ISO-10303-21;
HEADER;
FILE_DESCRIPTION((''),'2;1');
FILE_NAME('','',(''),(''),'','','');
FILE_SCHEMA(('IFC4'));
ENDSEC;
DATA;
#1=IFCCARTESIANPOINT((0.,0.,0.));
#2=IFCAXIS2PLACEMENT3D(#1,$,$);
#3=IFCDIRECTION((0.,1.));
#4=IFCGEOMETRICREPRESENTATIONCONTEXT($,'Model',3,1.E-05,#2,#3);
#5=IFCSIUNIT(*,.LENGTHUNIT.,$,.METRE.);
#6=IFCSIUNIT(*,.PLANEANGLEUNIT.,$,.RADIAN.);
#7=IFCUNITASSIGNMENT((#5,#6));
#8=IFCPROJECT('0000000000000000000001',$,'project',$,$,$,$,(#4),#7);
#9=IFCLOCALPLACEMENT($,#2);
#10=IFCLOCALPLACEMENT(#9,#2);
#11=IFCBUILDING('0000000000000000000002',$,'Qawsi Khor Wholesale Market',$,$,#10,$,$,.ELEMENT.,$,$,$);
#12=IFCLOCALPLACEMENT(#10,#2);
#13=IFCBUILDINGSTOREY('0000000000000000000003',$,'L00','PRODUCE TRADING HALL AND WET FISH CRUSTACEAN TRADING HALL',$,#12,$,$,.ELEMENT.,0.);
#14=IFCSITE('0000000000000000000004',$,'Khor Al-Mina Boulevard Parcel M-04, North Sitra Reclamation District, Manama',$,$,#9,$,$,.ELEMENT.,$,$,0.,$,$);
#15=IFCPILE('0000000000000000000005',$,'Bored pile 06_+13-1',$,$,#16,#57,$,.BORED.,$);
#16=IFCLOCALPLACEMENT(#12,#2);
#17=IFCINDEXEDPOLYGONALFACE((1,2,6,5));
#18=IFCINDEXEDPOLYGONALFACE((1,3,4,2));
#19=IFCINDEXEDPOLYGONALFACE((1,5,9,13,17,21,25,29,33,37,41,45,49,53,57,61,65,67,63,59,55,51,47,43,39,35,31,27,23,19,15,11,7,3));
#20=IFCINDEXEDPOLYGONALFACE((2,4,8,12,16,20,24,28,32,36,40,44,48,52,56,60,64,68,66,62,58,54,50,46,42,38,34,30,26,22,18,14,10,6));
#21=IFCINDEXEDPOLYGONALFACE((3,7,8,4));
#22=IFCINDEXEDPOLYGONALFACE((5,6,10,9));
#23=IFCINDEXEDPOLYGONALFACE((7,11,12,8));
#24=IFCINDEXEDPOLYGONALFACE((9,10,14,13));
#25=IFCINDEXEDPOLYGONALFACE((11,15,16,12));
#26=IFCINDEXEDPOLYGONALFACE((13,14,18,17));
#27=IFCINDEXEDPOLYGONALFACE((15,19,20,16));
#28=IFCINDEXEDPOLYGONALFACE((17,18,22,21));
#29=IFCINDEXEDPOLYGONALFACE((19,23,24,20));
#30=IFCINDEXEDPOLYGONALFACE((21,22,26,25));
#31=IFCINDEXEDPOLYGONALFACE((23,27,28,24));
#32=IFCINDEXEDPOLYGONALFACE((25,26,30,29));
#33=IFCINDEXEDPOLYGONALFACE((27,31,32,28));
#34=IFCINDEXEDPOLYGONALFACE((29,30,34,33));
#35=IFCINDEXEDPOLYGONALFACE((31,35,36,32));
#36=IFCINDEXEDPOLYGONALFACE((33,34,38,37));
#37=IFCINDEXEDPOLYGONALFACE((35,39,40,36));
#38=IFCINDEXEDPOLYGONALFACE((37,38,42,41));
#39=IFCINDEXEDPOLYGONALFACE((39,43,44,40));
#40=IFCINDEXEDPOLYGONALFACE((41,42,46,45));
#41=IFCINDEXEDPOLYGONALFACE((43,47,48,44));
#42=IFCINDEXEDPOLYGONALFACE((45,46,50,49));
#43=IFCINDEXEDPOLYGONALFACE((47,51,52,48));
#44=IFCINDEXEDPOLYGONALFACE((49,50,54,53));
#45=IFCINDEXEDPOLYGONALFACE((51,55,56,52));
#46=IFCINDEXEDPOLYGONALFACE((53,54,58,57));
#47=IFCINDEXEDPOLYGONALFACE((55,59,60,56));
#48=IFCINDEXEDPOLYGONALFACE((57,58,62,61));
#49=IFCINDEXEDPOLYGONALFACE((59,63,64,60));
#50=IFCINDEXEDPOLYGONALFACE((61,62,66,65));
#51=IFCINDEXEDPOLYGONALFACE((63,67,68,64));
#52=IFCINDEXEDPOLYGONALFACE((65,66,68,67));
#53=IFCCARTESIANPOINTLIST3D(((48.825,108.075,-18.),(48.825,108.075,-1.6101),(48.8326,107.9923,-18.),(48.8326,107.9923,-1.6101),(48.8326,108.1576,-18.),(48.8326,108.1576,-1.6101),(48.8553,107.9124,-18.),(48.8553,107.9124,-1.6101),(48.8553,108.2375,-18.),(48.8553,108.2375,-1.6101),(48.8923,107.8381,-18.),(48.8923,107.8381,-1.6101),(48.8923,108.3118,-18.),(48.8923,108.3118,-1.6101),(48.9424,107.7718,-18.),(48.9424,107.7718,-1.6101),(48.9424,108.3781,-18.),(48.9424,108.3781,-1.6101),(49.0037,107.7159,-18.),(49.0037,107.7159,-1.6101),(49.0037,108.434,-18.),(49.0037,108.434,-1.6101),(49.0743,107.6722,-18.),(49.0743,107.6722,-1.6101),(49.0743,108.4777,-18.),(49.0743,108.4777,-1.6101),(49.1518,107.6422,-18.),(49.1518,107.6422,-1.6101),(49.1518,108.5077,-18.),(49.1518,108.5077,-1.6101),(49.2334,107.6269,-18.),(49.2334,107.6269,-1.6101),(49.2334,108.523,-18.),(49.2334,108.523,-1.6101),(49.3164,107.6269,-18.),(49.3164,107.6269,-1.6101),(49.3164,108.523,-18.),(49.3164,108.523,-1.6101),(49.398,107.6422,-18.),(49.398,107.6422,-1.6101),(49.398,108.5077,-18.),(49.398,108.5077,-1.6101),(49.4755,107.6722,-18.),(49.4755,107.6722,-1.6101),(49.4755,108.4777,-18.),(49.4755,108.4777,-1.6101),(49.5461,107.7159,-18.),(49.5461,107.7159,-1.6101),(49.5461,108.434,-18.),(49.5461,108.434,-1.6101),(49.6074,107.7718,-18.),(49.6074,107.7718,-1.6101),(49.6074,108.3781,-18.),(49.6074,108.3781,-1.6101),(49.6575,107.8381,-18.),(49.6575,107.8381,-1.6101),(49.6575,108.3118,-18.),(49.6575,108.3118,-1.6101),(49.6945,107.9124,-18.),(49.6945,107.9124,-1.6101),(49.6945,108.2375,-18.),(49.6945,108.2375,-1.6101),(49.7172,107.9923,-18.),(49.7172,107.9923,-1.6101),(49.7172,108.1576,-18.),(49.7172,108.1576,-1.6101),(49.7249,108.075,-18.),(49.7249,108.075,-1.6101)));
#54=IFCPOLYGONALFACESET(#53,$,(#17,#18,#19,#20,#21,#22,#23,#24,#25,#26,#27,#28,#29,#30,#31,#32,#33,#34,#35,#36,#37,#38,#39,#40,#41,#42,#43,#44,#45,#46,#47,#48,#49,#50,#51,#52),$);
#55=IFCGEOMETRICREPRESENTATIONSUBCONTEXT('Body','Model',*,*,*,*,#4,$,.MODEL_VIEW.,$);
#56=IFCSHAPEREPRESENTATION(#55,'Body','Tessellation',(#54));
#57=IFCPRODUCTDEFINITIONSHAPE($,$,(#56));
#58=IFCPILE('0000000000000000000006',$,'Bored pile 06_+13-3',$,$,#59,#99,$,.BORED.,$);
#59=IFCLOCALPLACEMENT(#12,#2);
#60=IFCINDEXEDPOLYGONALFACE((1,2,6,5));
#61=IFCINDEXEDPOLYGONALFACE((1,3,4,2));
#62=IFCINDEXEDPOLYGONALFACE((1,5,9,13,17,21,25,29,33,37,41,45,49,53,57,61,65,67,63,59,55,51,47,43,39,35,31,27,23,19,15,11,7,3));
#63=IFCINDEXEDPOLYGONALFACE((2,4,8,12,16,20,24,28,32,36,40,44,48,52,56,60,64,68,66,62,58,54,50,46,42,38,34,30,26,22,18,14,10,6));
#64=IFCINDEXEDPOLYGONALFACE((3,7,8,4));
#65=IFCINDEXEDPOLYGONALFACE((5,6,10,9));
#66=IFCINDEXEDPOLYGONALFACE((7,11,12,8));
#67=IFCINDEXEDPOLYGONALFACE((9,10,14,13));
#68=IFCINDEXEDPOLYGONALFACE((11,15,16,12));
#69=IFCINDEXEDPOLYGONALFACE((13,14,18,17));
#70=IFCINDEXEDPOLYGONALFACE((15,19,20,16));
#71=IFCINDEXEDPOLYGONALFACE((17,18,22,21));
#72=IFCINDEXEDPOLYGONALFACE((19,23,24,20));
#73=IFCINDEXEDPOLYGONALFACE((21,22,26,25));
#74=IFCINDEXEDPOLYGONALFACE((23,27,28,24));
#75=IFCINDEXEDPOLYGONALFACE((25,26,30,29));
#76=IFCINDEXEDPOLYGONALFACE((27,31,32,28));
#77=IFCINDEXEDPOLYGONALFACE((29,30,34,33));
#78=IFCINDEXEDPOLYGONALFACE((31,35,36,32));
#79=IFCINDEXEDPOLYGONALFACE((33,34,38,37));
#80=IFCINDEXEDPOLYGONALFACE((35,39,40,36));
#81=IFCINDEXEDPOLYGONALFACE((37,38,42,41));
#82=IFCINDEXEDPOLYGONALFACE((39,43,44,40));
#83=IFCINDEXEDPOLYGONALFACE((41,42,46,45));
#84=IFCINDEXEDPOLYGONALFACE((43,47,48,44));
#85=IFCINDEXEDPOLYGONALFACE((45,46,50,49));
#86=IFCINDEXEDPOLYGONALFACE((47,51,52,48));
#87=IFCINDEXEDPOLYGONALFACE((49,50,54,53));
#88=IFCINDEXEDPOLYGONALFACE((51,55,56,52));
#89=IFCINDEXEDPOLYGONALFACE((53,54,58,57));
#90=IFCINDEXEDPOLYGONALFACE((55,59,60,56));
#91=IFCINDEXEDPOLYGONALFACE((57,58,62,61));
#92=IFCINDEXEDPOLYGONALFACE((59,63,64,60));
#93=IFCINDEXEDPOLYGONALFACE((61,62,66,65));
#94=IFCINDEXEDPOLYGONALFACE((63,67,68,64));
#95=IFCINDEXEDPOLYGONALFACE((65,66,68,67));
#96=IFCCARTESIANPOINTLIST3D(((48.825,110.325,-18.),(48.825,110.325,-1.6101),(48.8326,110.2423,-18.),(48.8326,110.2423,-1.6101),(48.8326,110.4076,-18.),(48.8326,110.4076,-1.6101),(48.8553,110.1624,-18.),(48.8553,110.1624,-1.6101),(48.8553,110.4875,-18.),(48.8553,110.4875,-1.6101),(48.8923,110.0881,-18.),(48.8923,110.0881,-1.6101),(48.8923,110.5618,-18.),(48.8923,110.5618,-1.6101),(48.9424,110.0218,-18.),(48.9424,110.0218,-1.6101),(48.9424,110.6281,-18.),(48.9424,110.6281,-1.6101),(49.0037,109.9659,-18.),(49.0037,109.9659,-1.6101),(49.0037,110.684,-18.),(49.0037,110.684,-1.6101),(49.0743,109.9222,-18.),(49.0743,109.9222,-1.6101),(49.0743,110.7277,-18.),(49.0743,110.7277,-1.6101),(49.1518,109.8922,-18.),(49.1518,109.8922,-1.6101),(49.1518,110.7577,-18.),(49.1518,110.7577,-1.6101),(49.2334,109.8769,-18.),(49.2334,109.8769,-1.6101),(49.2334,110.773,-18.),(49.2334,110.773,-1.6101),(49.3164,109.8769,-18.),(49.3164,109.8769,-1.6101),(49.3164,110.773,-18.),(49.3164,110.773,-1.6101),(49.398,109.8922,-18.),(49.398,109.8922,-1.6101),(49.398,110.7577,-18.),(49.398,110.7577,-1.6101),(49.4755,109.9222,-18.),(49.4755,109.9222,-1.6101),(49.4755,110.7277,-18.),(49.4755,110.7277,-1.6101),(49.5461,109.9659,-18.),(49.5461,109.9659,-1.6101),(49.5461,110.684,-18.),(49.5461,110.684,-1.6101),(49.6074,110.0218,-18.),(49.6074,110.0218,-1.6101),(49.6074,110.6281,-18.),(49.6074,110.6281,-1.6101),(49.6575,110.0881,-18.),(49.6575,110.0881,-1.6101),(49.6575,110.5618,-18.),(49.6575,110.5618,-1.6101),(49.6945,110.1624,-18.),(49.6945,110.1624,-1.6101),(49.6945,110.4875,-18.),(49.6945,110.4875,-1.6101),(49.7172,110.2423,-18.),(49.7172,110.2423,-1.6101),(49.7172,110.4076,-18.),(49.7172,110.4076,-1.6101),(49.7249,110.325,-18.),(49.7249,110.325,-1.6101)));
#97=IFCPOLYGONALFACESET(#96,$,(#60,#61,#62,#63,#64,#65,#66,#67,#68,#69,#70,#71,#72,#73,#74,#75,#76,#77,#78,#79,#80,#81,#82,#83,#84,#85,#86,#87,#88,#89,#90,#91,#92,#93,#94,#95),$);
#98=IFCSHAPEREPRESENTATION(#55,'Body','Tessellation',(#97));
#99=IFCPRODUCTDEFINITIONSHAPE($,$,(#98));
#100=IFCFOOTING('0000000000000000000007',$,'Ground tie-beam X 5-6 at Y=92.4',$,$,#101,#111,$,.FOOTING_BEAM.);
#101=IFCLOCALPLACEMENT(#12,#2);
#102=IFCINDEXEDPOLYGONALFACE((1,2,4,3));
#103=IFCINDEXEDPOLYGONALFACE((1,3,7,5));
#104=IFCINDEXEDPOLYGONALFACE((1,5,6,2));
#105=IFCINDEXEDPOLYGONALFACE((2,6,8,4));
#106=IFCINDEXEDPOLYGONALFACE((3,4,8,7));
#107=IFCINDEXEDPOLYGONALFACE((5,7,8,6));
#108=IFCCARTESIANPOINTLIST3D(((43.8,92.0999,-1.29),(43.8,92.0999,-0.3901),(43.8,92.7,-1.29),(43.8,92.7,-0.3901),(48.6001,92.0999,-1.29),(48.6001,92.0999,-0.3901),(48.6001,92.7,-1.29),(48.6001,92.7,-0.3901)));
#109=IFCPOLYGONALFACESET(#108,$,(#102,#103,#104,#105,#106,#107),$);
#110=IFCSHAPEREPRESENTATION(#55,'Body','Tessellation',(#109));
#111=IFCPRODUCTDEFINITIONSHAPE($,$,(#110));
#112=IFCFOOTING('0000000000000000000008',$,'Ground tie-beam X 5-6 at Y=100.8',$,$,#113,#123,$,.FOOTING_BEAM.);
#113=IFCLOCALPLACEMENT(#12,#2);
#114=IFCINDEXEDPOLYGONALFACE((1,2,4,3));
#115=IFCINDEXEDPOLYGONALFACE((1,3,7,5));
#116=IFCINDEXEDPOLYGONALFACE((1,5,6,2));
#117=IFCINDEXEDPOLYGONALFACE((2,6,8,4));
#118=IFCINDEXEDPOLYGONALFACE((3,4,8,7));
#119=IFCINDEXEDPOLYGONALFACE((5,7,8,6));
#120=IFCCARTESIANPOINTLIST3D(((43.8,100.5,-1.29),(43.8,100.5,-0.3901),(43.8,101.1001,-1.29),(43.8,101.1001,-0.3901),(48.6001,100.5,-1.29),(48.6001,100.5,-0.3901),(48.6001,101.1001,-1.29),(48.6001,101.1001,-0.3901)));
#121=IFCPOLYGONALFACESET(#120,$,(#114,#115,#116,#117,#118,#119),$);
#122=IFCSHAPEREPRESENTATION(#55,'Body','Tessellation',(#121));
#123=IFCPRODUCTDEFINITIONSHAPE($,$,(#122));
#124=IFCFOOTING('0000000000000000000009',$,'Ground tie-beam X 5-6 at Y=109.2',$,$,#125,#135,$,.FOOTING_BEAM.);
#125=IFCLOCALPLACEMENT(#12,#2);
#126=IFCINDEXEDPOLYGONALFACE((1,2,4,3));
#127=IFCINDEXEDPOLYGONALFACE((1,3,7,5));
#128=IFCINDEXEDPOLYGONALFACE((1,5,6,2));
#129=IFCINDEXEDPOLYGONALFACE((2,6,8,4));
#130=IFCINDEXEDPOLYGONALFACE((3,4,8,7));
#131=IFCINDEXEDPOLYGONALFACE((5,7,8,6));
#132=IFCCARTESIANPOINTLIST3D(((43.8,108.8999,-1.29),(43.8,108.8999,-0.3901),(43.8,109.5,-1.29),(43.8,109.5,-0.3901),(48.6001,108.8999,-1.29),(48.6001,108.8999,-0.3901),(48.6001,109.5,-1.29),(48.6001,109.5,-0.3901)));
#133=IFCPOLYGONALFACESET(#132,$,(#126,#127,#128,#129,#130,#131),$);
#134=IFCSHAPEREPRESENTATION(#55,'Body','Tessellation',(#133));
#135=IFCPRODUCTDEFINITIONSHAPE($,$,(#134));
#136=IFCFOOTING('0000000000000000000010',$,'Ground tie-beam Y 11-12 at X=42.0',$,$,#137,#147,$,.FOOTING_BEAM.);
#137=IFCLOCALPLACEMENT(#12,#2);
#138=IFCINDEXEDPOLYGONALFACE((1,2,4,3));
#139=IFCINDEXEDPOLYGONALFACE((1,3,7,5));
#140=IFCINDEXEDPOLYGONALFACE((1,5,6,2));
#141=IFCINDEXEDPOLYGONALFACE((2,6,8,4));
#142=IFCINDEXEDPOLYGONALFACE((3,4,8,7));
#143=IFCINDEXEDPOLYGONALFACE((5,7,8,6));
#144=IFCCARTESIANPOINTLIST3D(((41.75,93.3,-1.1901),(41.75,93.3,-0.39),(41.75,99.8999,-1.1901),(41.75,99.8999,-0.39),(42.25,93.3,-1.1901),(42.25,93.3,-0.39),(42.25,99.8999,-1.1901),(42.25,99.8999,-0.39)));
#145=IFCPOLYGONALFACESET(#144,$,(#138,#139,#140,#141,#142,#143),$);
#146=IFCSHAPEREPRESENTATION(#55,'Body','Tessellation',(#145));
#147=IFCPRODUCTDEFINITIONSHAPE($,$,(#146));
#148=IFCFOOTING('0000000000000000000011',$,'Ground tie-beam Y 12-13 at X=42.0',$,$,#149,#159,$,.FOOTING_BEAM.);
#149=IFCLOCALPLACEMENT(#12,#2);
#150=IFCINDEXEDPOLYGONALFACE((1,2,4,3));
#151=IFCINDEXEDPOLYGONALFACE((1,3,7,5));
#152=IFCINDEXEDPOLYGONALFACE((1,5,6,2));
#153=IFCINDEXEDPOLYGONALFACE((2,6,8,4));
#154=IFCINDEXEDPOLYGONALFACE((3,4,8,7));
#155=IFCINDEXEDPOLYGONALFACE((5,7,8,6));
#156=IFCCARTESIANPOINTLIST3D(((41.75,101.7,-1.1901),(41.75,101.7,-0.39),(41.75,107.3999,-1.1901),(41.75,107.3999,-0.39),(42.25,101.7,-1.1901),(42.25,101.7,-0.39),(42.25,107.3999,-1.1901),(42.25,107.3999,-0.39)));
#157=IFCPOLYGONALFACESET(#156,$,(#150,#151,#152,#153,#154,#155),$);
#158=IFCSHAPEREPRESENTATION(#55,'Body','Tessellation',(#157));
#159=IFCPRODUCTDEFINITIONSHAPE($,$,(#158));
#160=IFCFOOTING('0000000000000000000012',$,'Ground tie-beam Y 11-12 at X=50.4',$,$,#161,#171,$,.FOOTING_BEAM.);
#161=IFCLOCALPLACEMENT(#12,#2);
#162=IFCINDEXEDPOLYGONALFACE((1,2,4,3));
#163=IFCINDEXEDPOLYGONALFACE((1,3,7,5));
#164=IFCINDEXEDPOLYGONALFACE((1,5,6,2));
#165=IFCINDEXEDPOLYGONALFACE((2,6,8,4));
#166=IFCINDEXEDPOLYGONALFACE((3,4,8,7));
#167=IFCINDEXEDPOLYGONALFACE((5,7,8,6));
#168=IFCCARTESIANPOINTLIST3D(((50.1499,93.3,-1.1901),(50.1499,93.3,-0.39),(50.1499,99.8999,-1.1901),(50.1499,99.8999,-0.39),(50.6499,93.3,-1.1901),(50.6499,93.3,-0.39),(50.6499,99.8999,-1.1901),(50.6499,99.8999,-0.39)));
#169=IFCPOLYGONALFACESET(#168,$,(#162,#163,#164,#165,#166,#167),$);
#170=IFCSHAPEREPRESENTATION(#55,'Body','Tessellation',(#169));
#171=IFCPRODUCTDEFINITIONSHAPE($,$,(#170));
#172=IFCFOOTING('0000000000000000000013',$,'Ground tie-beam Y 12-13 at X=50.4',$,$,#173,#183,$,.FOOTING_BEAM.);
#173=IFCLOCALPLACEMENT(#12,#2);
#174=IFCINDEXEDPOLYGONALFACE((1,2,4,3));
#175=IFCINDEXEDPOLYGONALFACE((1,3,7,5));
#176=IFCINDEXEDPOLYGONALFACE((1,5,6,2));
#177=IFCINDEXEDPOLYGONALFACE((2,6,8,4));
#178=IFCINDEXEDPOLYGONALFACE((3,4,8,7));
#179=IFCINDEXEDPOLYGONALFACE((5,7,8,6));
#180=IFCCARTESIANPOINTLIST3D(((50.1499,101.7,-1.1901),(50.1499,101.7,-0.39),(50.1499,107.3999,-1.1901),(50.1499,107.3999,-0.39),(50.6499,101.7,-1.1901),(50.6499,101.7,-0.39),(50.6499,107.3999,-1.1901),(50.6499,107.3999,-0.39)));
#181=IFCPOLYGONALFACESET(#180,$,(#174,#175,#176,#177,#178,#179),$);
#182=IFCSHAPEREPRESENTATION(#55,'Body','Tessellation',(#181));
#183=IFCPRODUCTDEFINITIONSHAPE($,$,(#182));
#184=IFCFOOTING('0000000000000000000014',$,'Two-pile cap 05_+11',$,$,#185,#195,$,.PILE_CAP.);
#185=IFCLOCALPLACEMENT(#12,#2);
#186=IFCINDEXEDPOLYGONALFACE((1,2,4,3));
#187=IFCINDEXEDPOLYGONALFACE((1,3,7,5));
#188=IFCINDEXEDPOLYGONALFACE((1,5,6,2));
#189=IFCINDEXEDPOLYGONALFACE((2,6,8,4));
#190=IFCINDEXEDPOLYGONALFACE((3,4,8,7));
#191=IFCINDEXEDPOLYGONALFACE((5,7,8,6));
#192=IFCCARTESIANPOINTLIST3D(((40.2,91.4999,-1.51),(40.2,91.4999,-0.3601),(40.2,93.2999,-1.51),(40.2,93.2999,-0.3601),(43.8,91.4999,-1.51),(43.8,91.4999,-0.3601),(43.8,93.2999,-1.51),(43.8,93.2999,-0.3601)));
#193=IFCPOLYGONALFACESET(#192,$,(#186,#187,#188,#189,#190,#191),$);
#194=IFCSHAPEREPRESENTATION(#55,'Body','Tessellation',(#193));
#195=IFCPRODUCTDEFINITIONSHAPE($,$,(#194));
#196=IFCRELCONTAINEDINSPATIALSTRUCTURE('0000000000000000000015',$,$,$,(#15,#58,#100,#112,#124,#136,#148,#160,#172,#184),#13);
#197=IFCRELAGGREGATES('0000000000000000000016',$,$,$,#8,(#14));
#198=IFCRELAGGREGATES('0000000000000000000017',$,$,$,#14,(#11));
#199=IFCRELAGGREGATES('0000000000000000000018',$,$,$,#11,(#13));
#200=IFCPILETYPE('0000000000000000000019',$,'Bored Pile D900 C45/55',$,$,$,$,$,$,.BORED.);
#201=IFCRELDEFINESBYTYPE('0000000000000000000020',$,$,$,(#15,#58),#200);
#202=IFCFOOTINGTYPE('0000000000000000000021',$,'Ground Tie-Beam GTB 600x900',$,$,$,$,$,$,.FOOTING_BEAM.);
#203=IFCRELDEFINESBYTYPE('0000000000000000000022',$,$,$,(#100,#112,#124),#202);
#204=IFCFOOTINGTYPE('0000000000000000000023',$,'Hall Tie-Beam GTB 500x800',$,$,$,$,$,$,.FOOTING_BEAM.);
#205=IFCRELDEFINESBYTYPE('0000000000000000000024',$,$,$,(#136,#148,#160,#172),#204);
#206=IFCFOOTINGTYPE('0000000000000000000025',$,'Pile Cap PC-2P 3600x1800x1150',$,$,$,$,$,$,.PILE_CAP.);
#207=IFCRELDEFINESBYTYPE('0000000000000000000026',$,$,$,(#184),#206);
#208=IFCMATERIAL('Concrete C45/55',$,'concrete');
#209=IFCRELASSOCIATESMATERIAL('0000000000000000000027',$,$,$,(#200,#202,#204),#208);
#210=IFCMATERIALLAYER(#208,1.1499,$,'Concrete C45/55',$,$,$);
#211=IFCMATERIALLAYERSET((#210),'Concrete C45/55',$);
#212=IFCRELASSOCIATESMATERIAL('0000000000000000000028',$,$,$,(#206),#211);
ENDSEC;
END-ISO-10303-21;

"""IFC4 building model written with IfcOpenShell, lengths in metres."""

from ifc_helpers import new_model, si_unit, direction, frame, origin, origin_2d, place, context, subcontext, project, spatial, rectangle, circle, extrude, material, layer, layer_set, material_profile, profile_set, type_object, element, save


model = new_model("IFC4")

# Units and contexts
model_context = context("Model", 3, precision=1e-05, world=origin(), true_north=direction((0.0, 1.0)))
body_context = subcontext(model_context, "Body", "Model", "MODEL_VIEW")
ifc_project = project(units=[si_unit("LENGTHUNIT", "METRE"), si_unit("PLANEANGLEUNIT", "RADIAN")], contexts=[model_context])

# Site, building, storey
site_placement = place(None, origin())
site = spatial("IfcSite", under=ifc_project, at=site_placement, Name="Khor Al-Mina Boulevard Parcel M-04, North Sitra Reclamation District, Manama", CompositionType="ELEMENT", RefElevation=0.0)
building_placement = place(site_placement, origin())
building = spatial("IfcBuilding", under=site, at=building_placement, Name="Qawsi Khor Wholesale Market", CompositionType="ELEMENT")
storey_placement = place(building_placement, origin())
storey = spatial("IfcBuildingStorey", under=building, at=storey_placement, Name="L00", Description="PRODUCE TRADING HALL AND WET FISH CRUSTACEAN TRADING HALL", CompositionType="ELEMENT", Elevation=0.0)

# Piles
ifc_material_1 = material(Name="Concrete C45/55", Category="concrete")
ifc_material_profile_1 = material_profile(ifc_material_1, circle(Radius=0.45, at=origin_2d()), Name="PILE D900")
ifc_profile_set_1 = profile_set([ifc_material_profile_1], Name="Concrete C45/55")
pile_type = type_object("IfcPileType", Name="Bored Pile D900 C45/55", PredefinedType="BORED", material=ifc_profile_set_1)
for number, where, z_axis, x_axis, name in (
    (1, (49.2749, 108.075, -1.6101), (0.0, 0.0, -1.0), (1.0, 0.0, 0.0), "Bored pile 06_+13-1"),
    (2, (49.2749, 110.325, -1.6101), (0.0, 0.0, -1.0), (1.0, 0.0, 0.0), "Bored pile 06_+13-3"),
):
    element("IfcPile", number, at=place(storey_placement, frame(where, z_axis=z_axis, x_axis=x_axis)), inside=storey, type_object=pile_type, Name=name, PredefinedType="BORED", context=body_context, shape_type="SweptSolid", body=[
        extrude(circle(Radius=0.45, at=origin_2d()), origin(), (0.0, 0.0, 1.0), 16.3899),
    ])

# Footings
ifc_material_profile_2 = material_profile(ifc_material_1, rectangle(XDim=0.6001, YDim=0.8999, at=origin_2d()), Name="RC 600x900")
ifc_profile_set_2 = profile_set([ifc_material_profile_2], Name="Concrete C45/55")
footing_type_1 = type_object("IfcFootingType", Name="Ground Tie-Beam GTB 600x900", PredefinedType="FOOTING_BEAM", material=ifc_profile_set_2)
for number, where, z_axis, x_axis, name in (
    (3, (43.8, 92.3999, -0.8401), (1.0, 0.0, 0.0), (0.0, 1.0, 0.0), "Ground tie-beam X 5-6 at Y=92.4"),
    (4, (43.8, 100.8, -0.8401), (1.0, 0.0, 0.0), (0.0, 1.0, 0.0), "Ground tie-beam X 5-6 at Y=100.8"),
    (5, (43.8, 109.2, -0.8401), (1.0, 0.0, 0.0), (0.0, 1.0, 0.0), "Ground tie-beam X 5-6 at Y=109.2"),
):
    element("IfcFooting", number, at=place(storey_placement, frame(where, z_axis=z_axis, x_axis=x_axis)), inside=storey, type_object=footing_type_1, Name=name, PredefinedType="FOOTING_BEAM", context=body_context, shape_type="SweptSolid", body=[
        extrude(rectangle(XDim=0.6001, YDim=0.8999, at=origin_2d()), origin(), (0.0, 0.0, 1.0), 4.8),
    ])
ifc_material_profile_3 = material_profile(ifc_material_1, rectangle(XDim=0.5, YDim=0.8, at=origin_2d()), Name="RC 500x800")
ifc_profile_set_3 = profile_set([ifc_material_profile_3], Name="Concrete C45/55")
footing_type_2 = type_object("IfcFootingType", Name="Hall Tie-Beam GTB 500x800", PredefinedType="FOOTING_BEAM", material=ifc_profile_set_3)
footing_1_placement = place(storey_placement, frame((42.0, 93.3, -0.79), z_axis=(0.0, 1.0, 0.0), x_axis=(-1.0, 0.0, 0.0)))
element("IfcFooting", 6, at=footing_1_placement, inside=storey, type_object=footing_type_2, Name="Ground tie-beam Y 11-12 at X=42.0", PredefinedType="FOOTING_BEAM", context=body_context, shape_type="SweptSolid", body=[
    extrude(rectangle(XDim=0.5, YDim=0.8, at=origin_2d()), origin(), (0.0, 0.0, 1.0), 6.5999),
])
footing_2_placement = place(storey_placement, frame((42.0, 101.7, -0.79), z_axis=(0.0, 1.0, 0.0), x_axis=(-1.0, 0.0, 0.0)))
element("IfcFooting", 7, at=footing_2_placement, inside=storey, type_object=footing_type_2, Name="Ground tie-beam Y 12-13 at X=42.0", PredefinedType="FOOTING_BEAM", context=body_context, shape_type="SweptSolid", body=[
    extrude(rectangle(XDim=0.5, YDim=0.8, at=origin_2d()), origin(), (0.0, 0.0, 1.0), 5.7),
])
footing_3_placement = place(storey_placement, frame((50.3999, 93.3, -0.79), z_axis=(0.0, 1.0, 0.0), x_axis=(-1.0, 0.0, 0.0)))
element("IfcFooting", 8, at=footing_3_placement, inside=storey, type_object=footing_type_2, Name="Ground tie-beam Y 11-12 at X=50.4", PredefinedType="FOOTING_BEAM", context=body_context, shape_type="SweptSolid", body=[
    extrude(rectangle(XDim=0.5, YDim=0.8, at=origin_2d()), origin(), (0.0, 0.0, 1.0), 6.5999),
])
footing_4_placement = place(storey_placement, frame((50.3999, 101.7, -0.79), z_axis=(0.0, 1.0, 0.0), x_axis=(-1.0, 0.0, 0.0)))
element("IfcFooting", 9, at=footing_4_placement, inside=storey, type_object=footing_type_2, Name="Ground tie-beam Y 12-13 at X=50.4", PredefinedType="FOOTING_BEAM", context=body_context, shape_type="SweptSolid", body=[
    extrude(rectangle(XDim=0.5, YDim=0.8, at=origin_2d()), origin(), (0.0, 0.0, 1.0), 5.7),
])
ifc_layer_1 = layer(ifc_material_1, 1.1499, Name="Concrete C45/55")
ifc_layer_set_1 = layer_set([ifc_layer_1], Name="Concrete C45/55")
footing_type_3 = type_object("IfcFootingType", Name="Pile Cap PC-2P 3600x1800x1150", PredefinedType="PILE_CAP", material=ifc_layer_set_1)
for number, where, z_axis, x_axis, name in (
    (10, (42.0, 92.3999, -1.51), (0.0, 0.0, 1.0), (1.0, 0.0, 0.0), "Two-pile cap 05_+11"),
):
    element("IfcFooting", number, at=place(storey_placement, frame(where, z_axis=z_axis, x_axis=x_axis)), inside=storey, type_object=footing_type_3, Name=name, PredefinedType="PILE_CAP", context=body_context, shape_type="SweptSolid", body=[
        extrude(rectangle(XDim=3.6001, YDim=1.8, at=origin_2d()), origin(), (0.0, 0.0, 1.0), 1.1499),
    ])

save(model, "model.ifc")
